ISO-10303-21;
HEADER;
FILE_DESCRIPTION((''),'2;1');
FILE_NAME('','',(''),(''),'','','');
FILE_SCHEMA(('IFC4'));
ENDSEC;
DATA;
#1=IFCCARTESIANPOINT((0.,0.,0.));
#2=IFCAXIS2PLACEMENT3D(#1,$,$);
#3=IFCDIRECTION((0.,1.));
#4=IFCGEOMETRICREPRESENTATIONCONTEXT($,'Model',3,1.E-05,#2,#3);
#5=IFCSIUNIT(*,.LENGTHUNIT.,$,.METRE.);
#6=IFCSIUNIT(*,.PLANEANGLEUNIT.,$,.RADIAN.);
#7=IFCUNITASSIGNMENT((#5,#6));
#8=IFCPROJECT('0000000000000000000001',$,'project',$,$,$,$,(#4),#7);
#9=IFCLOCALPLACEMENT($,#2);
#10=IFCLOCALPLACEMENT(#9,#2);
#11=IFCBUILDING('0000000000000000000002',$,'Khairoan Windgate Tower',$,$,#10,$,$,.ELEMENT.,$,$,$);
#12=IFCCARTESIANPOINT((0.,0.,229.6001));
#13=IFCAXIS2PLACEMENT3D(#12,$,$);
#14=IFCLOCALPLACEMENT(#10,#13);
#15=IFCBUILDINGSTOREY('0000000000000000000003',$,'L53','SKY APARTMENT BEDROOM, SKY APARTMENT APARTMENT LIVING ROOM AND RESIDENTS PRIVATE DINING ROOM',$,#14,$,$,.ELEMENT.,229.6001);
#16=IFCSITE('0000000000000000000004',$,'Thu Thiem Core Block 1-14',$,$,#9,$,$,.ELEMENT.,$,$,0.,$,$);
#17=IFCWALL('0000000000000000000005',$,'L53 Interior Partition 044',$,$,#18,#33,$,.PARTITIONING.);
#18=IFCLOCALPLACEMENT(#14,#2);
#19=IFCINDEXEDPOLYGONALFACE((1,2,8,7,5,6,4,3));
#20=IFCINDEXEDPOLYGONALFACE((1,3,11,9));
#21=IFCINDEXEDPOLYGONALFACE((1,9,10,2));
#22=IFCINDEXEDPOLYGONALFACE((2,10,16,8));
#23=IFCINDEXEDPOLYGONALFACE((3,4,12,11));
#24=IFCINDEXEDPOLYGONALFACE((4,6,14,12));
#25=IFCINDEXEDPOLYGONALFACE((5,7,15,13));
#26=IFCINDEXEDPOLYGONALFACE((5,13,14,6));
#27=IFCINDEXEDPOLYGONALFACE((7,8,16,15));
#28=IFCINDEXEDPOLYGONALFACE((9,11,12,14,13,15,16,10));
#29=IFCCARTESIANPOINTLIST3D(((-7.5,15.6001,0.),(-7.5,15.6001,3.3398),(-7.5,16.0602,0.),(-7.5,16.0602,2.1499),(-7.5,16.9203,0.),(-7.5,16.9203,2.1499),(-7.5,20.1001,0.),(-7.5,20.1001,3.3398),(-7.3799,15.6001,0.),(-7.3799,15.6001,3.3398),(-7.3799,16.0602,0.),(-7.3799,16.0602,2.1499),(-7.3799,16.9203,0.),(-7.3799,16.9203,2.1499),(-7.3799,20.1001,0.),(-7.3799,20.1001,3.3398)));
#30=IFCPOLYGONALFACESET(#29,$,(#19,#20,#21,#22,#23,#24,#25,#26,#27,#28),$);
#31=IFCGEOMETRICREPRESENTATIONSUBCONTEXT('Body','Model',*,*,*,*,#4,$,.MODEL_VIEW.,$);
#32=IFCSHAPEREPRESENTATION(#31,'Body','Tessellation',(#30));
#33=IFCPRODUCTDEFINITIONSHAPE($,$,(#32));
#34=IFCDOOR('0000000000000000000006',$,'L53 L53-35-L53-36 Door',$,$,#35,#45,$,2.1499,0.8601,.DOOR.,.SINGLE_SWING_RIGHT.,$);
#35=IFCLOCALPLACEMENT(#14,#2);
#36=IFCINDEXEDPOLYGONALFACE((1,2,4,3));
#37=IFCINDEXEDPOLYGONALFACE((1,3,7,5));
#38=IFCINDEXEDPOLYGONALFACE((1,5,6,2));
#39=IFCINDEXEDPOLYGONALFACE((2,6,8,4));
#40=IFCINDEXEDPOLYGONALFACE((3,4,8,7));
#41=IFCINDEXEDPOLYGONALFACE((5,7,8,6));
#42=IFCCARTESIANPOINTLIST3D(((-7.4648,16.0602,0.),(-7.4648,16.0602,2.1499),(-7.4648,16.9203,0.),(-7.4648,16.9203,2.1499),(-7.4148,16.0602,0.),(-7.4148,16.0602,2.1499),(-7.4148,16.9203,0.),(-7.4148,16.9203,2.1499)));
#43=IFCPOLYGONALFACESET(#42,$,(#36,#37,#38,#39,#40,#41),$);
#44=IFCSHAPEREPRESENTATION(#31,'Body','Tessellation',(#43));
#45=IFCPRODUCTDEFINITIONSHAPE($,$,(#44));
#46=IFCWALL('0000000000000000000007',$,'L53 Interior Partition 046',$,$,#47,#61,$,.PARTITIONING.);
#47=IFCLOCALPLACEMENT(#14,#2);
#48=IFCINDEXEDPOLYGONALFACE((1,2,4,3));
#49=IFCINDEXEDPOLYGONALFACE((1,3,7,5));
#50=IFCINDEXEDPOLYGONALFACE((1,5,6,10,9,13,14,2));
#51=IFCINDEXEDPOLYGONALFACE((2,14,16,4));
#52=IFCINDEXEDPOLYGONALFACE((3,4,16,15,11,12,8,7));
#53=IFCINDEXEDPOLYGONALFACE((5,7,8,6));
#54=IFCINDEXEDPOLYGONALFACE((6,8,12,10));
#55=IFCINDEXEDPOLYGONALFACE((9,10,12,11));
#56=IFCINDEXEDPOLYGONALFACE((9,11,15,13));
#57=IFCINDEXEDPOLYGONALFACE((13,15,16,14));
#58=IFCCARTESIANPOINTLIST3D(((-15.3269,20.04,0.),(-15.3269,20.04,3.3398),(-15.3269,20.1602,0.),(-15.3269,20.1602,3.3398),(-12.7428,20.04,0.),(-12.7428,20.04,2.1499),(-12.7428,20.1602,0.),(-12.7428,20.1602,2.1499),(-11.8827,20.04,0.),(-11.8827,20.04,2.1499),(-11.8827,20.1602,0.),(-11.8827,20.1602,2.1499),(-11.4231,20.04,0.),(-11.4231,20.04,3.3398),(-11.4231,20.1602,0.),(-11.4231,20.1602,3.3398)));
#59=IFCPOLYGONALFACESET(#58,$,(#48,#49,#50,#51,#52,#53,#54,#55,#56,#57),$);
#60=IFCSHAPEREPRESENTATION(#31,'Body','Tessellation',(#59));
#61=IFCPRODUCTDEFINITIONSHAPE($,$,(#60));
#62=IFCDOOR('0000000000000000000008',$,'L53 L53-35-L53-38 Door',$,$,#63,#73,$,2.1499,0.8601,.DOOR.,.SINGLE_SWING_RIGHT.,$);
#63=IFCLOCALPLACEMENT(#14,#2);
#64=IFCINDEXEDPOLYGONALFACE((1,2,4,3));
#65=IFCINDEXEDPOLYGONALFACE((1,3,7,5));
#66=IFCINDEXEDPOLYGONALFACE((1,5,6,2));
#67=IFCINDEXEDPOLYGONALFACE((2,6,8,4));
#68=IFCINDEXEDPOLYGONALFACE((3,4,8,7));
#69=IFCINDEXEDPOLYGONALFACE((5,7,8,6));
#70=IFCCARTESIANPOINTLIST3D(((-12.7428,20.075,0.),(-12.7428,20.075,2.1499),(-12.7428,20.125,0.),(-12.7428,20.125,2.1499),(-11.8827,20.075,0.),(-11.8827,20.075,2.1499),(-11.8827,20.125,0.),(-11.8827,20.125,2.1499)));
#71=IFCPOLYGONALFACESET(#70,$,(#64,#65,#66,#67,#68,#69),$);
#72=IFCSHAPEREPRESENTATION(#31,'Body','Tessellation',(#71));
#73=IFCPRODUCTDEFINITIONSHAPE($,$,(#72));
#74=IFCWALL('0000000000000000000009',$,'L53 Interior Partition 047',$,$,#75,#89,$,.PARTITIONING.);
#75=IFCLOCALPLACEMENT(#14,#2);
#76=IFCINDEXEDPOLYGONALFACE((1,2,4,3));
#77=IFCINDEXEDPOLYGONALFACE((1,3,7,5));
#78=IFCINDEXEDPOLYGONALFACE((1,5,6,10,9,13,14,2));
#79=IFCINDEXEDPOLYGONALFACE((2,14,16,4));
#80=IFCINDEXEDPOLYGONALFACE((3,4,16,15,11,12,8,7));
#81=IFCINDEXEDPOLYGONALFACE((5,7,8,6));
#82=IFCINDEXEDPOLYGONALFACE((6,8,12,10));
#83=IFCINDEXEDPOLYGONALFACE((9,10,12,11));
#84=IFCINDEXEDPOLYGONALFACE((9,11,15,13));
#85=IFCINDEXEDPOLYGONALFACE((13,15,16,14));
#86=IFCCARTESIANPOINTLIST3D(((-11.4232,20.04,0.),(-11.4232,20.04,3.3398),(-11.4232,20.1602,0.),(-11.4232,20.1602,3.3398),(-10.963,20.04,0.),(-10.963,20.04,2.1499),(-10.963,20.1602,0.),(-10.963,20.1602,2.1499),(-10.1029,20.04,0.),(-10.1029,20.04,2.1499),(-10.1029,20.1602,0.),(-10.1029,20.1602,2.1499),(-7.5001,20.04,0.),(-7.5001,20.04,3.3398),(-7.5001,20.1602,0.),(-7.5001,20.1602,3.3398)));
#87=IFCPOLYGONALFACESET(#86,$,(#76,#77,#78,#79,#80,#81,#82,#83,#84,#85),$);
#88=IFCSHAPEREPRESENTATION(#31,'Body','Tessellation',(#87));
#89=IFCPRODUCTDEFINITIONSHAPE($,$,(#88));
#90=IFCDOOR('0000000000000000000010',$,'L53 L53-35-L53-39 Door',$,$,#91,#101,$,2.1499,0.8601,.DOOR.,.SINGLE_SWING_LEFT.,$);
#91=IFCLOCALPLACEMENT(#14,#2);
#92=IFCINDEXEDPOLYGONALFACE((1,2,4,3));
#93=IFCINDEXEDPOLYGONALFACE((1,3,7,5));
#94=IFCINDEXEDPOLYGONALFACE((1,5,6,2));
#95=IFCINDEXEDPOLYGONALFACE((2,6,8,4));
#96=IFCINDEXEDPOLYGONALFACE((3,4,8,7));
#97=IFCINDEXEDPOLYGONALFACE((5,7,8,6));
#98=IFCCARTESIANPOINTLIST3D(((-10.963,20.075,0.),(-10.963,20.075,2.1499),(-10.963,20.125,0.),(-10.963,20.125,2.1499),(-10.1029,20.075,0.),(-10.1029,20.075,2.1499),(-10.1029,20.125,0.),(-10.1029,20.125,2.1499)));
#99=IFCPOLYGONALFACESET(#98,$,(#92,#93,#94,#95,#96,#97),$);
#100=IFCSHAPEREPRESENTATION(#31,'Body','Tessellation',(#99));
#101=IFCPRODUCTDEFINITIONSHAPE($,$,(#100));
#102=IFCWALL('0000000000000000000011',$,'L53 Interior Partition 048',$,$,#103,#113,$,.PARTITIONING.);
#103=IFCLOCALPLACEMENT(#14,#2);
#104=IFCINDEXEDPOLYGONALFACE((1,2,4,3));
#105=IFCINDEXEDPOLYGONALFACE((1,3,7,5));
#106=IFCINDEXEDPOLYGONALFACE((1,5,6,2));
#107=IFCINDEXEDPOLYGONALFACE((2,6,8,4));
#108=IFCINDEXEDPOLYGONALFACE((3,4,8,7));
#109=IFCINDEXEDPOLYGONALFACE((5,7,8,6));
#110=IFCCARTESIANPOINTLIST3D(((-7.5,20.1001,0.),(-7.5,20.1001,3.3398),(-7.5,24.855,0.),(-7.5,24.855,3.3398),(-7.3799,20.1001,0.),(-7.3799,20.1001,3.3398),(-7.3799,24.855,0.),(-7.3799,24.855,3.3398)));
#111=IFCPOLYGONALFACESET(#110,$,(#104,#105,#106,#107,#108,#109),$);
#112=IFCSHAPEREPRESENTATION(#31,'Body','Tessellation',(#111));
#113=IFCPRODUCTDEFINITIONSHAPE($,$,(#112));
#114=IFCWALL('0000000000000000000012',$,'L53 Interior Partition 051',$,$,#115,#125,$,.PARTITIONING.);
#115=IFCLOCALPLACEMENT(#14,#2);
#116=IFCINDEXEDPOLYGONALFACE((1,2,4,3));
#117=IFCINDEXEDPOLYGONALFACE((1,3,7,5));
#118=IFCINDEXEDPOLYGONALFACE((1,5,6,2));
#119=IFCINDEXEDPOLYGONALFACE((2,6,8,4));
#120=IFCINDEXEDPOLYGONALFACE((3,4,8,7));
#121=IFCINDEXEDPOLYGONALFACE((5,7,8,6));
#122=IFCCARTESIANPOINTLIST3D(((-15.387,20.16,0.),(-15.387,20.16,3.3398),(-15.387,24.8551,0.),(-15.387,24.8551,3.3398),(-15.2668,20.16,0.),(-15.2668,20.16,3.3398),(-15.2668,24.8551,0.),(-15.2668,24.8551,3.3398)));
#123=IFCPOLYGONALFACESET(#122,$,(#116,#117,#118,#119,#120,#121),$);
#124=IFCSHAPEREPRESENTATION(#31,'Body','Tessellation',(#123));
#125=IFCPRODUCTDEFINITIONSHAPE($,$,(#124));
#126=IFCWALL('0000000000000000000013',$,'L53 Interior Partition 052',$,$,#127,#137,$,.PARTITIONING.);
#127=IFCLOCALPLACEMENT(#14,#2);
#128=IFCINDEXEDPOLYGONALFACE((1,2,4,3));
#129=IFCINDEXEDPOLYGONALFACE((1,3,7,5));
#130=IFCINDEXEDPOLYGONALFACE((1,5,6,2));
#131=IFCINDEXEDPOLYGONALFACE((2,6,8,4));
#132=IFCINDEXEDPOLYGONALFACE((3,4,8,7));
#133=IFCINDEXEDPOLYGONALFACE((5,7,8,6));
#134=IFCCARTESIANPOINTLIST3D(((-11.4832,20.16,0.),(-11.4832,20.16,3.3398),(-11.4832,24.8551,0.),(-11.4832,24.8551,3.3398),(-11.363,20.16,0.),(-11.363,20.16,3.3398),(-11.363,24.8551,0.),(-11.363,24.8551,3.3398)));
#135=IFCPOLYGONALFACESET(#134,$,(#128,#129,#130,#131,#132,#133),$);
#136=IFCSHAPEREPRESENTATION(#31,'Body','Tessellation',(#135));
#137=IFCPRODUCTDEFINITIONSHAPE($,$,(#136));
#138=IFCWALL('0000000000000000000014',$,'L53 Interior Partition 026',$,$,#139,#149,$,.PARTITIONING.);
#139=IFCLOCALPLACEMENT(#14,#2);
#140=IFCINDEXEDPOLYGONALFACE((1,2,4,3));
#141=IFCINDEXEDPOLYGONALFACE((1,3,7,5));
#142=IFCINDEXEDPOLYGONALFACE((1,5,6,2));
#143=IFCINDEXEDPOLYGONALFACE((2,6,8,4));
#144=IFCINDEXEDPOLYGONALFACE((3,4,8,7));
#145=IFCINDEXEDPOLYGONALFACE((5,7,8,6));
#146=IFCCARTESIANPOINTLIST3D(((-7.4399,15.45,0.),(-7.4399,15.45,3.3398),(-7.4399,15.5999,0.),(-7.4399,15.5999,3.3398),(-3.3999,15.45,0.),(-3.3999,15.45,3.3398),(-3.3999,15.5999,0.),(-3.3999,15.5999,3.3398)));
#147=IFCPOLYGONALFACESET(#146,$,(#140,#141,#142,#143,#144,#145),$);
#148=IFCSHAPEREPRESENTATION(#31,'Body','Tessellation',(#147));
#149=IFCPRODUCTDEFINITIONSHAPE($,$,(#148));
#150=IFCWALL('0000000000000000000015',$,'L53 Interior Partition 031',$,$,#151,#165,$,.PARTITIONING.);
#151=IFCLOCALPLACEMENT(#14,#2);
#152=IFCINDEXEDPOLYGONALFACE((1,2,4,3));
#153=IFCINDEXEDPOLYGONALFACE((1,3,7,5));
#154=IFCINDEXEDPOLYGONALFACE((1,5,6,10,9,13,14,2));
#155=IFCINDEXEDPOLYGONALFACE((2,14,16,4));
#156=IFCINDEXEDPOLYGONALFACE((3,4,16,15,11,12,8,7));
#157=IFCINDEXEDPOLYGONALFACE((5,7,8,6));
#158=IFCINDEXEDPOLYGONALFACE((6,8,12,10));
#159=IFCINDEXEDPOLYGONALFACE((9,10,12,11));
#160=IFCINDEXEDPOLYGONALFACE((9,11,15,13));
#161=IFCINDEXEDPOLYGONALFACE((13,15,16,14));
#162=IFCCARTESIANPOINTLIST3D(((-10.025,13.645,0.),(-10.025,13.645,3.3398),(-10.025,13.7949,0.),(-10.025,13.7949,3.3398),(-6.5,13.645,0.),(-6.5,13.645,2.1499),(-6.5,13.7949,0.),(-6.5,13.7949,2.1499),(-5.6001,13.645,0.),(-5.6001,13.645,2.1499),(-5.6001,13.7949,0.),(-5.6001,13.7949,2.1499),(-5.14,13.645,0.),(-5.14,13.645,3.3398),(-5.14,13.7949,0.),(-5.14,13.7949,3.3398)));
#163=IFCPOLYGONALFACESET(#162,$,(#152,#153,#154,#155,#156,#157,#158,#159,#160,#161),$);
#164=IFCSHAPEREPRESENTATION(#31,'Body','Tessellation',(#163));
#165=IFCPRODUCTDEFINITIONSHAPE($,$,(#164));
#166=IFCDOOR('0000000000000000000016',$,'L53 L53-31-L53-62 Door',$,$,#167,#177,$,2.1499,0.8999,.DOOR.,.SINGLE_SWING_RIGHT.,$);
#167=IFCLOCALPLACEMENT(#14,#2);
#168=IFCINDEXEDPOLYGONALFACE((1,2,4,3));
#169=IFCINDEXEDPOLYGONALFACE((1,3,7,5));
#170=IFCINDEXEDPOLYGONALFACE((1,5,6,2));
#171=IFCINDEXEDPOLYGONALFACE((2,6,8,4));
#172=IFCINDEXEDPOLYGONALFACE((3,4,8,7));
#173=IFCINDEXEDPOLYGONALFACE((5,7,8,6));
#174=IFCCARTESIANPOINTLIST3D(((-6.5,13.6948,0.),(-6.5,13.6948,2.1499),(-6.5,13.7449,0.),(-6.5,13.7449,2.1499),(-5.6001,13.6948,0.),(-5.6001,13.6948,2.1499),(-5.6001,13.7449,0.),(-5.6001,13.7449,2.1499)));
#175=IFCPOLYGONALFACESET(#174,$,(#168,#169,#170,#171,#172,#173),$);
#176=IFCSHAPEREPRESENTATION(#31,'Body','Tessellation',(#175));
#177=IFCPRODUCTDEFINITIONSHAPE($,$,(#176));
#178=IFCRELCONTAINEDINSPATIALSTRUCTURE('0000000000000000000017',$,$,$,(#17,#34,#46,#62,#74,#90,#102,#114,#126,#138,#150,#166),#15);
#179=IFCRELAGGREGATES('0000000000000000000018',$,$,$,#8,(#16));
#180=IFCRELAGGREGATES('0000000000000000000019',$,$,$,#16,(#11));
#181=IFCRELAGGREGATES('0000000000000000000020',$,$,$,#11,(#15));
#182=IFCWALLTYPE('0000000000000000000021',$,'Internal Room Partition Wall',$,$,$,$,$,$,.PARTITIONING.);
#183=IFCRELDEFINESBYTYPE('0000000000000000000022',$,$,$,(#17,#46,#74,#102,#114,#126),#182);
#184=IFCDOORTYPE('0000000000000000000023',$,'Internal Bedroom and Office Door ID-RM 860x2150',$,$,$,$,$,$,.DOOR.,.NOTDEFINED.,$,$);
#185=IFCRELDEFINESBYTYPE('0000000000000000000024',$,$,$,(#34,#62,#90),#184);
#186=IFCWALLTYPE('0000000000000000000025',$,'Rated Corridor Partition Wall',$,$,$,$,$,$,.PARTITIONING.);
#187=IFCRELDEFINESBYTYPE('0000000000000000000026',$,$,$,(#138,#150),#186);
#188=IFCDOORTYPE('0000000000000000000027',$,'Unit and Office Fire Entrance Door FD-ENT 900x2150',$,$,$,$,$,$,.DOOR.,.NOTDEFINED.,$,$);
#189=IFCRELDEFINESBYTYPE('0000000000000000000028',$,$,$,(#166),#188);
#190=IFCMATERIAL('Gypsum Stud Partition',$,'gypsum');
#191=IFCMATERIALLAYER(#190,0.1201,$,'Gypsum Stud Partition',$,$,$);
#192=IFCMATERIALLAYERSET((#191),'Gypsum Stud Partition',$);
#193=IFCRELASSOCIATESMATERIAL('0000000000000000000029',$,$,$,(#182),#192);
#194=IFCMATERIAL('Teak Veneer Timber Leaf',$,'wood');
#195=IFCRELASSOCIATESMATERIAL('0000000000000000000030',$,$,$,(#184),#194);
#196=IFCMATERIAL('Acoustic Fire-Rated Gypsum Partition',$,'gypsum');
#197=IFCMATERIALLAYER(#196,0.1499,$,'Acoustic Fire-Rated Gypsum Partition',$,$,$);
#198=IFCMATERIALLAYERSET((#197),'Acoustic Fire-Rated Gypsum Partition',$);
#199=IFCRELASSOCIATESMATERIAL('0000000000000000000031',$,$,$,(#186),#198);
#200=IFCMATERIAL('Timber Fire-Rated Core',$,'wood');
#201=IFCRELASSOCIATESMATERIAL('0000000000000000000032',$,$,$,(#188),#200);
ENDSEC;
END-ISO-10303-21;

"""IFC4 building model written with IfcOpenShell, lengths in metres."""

from ifc_helpers import new_model, si_unit, direction, frame, frame_2d, origin, place, context, subcontext, project, spatial, rectangle, extrude, material, layer, layer_set, type_object, element, fill, save


model = new_model("IFC4")

# Units and contexts
model_context = context("Model", 3, precision=1e-05, world=origin(), true_north=direction((0.0, 1.0)))
body_context = subcontext(model_context, "Body", "Model", "MODEL_VIEW")
ifc_project = project(units=[si_unit("LENGTHUNIT", "METRE"), si_unit("PLANEANGLEUNIT", "RADIAN")], contexts=[model_context])

# Site, building, storey
site_placement = place(None, origin())
site = spatial("IfcSite", under=ifc_project, at=site_placement, Name="Thu Thiem Core Block 1-14", CompositionType="ELEMENT", RefElevation=0.0)
building_placement = place(site_placement, origin())
building = spatial("IfcBuilding", under=site, at=building_placement, Name="Khairoan Windgate Tower", CompositionType="ELEMENT")
storey_placement = place(building_placement, frame((0.0, 0.0, 229.6001)))
storey = spatial("IfcBuildingStorey", under=building, at=storey_placement, Name="L53", Description="SKY APARTMENT BEDROOM, SKY APARTMENT APARTMENT LIVING ROOM AND RESIDENTS PRIVATE DINING ROOM", CompositionType="ELEMENT", Elevation=229.6001)

# Walls, openings, doors
ifc_material_1 = material(Name="Gypsum Stud Partition", Category="gypsum")
ifc_layer_1 = layer(ifc_material_1, 0.1201, Name="Gypsum Stud Partition")
ifc_layer_set_1 = layer_set([ifc_layer_1], Name="Gypsum Stud Partition")
wall_type_1 = type_object("IfcWallType", Name="Internal Room Partition Wall", PredefinedType="PARTITIONING", material=ifc_layer_set_1)
wall_1_placement = place(storey_placement, frame((-7.4399, 15.6001, 0.0), z_axis=(0.0, 0.0, 1.0), x_axis=(0.0, 1.0, 0.0)))
wall_1 = element("IfcWall", 1, at=wall_1_placement, inside=storey, type_object=wall_type_1, Name="L53 Interior Partition 044", PredefinedType="PARTITIONING", context=body_context, shape_type="SweptSolid", body=[
    extrude(rectangle(XDim=4.5, YDim=0.1201, at=frame_2d((2.25, 0.0))), origin(), (0.0, 0.0, 1.0), 3.3398),
])
opening_1_placement = place(wall_1_placement, frame((0.46, 0.0, 0.0)))
opening_1 = element("IfcOpeningElement", 2, at=opening_1_placement, cuts=wall_1, PredefinedType="OPENING", context=body_context, shape_type="SweptSolid", body=[
    extrude(rectangle(XDim=0.8601, YDim=2.1499, at=frame_2d((0.4302, 1.075))), frame((0.0, 0.0701, 0.0), z_axis=(0.0, -1.0, 0.0), x_axis=(1.0, 0.0, 0.0)), (0.0, 0.0, 1.0), 0.1401),
])
ifc_material_2 = material(Name="Teak Veneer Timber Leaf", Category="wood")
door_type_1 = type_object("IfcDoorType", Name="Internal Bedroom and Office Door ID-RM 860x2150", OperationType="NOTDEFINED", PredefinedType="DOOR", material=ifc_material_2)
door_1_placement = place(opening_1_placement, origin())
door_1 = element("IfcDoor", 3, at=door_1_placement, inside=storey, type_object=door_type_1, Name="L53 L53-35-L53-36 Door", OperationType="SINGLE_SWING_RIGHT", OverallHeight=2.1499, OverallWidth=0.8601, PredefinedType="DOOR", context=body_context, shape_type="SweptSolid", body=[
    extrude(rectangle(XDim=0.8601, YDim=2.1499, at=frame_2d((0.4302, 1.075))), frame((0.0, 0.0249, 0.0), z_axis=(0.0, -1.0, 0.0), x_axis=(1.0, 0.0, 0.0)), (0.0, 0.0, 1.0), 0.05),
])
fill(opening_1, door_1)
wall_2_placement = place(storey_placement, frame((-15.3269, 20.1001, 0.0), z_axis=(0.0, 0.0, 1.0), x_axis=(1.0, 0.0, 0.0)))
wall_2 = element("IfcWall", 4, at=wall_2_placement, inside=storey, type_object=wall_type_1, Name="L53 Interior Partition 046", PredefinedType="PARTITIONING", context=body_context, shape_type="SweptSolid", body=[
    extrude(rectangle(XDim=3.9038, YDim=0.1201, at=frame_2d((1.9519, 0.0))), origin(), (0.0, 0.0, 1.0), 3.3398),
])
opening_2_placement = place(wall_2_placement, frame((2.584, 0.0, 0.0)))
opening_2 = element("IfcOpeningElement", 5, at=opening_2_placement, cuts=wall_2, PredefinedType="OPENING", context=body_context, shape_type="SweptSolid", body=[
    extrude(rectangle(XDim=0.8601, YDim=2.1499, at=frame_2d((0.4302, 1.075))), frame((0.0, 0.0701, 0.0), z_axis=(0.0, -1.0, 0.0), x_axis=(1.0, 0.0, 0.0)), (0.0, 0.0, 1.0), 0.1401),
])
door_2_placement = place(opening_2_placement, origin())
door_2 = element("IfcDoor", 6, at=door_2_placement, inside=storey, type_object=door_type_1, Name="L53 L53-35-L53-38 Door", OperationType="SINGLE_SWING_RIGHT", OverallHeight=2.1499, OverallWidth=0.8601, PredefinedType="DOOR", context=body_context, shape_type="SweptSolid", body=[
    extrude(rectangle(XDim=0.8601, YDim=2.1499, at=frame_2d((0.4302, 1.075))), frame((0.0, 0.0249, 0.0), z_axis=(0.0, -1.0, 0.0), x_axis=(1.0, 0.0, 0.0)), (0.0, 0.0, 1.0), 0.05),
])
fill(opening_2, door_2)
wall_3_placement = place(storey_placement, frame((-11.4231, 20.1001, 0.0), z_axis=(0.0, 0.0, 1.0), x_axis=(1.0, 0.0, 0.0)))
wall_3 = element("IfcWall", 7, at=wall_3_placement, inside=storey, type_object=wall_type_1, Name="L53 Interior Partition 047", PredefinedType="PARTITIONING", context=body_context, shape_type="SweptSolid", body=[
    extrude(rectangle(XDim=3.9231, YDim=0.1201, at=frame_2d((1.9614, 0.0))), origin(), (0.0, 0.0, 1.0), 3.3398),
])
opening_3_placement = place(wall_3_placement, frame((0.46, 0.0, 0.0)))
opening_3 = element("IfcOpeningElement", 8, at=opening_3_placement, cuts=wall_3, PredefinedType="OPENING", context=body_context, shape_type="SweptSolid", body=[
    extrude(rectangle(XDim=0.8601, YDim=2.1499, at=frame_2d((0.4302, 1.075))), frame((0.0, 0.0701, 0.0), z_axis=(0.0, -1.0, 0.0), x_axis=(1.0, 0.0, 0.0)), (0.0, 0.0, 1.0), 0.1401),
])
door_3_placement = place(opening_3_placement, origin())
door_3 = element("IfcDoor", 9, at=door_3_placement, inside=storey, type_object=door_type_1, Name="L53 L53-35-L53-39 Door", OperationType="SINGLE_SWING_LEFT", OverallHeight=2.1499, OverallWidth=0.8601, PredefinedType="DOOR", context=body_context, shape_type="SweptSolid", body=[
    extrude(rectangle(XDim=0.8601, YDim=2.1499, at=frame_2d((0.4302, 1.075))), frame((0.0, 0.0249, 0.0), z_axis=(0.0, -1.0, 0.0), x_axis=(1.0, 0.0, 0.0)), (0.0, 0.0, 1.0), 0.05),
])
fill(opening_3, door_3)

# Walls
wall_4_placement = place(storey_placement, frame((-7.4399, 20.1001, 0.0), z_axis=(0.0, 0.0, 1.0), x_axis=(0.0, 1.0, 0.0)))
element("IfcWall", 10, at=wall_4_placement, inside=storey, type_object=wall_type_1, Name="L53 Interior Partition 048", PredefinedType="PARTITIONING", context=body_context, shape_type="SweptSolid", body=[
    extrude(rectangle(XDim=4.7549, YDim=0.1201, at=frame_2d((2.3774, 0.0))), origin(), (0.0, 0.0, 1.0), 3.3398),
])
for number, where, z_axis, x_axis, name in (
    (11, (-15.3269, 20.1599, 0.0), (0.0, 0.0, 1.0), (0.0, 1.0, 0.0), "L53 Interior Partition 051"),
    (12, (-11.4231, 20.1599, 0.0), (0.0, 0.0, 1.0), (0.0, 1.0, 0.0), "L53 Interior Partition 052"),
):
    element("IfcWall", number, at=place(storey_placement, frame(where, z_axis=z_axis, x_axis=x_axis)), inside=storey, type_object=wall_type_1, Name=name, PredefinedType="PARTITIONING", context=body_context, shape_type="SweptSolid", body=[
        extrude(rectangle(XDim=4.6951, YDim=0.1201, at=frame_2d((2.3477, 0.0))), origin(), (0.0, 0.0, 1.0), 3.3398),
    ])
ifc_material_3 = material(Name="Acoustic Fire-Rated Gypsum Partition", Category="gypsum")
ifc_layer_2 = layer(ifc_material_3, 0.1499, Name="Acoustic Fire-Rated Gypsum Partition")
ifc_layer_set_2 = layer_set([ifc_layer_2], Name="Acoustic Fire-Rated Gypsum Partition")
wall_type_2 = type_object("IfcWallType", Name="Rated Corridor Partition Wall", PredefinedType="PARTITIONING", material=ifc_layer_set_2)
wall_5_placement = place(storey_placement, frame((-7.4399, 15.5249, 0.0), z_axis=(0.0, 0.0, 1.0), x_axis=(1.0, 0.0, 0.0)))
element("IfcWall", 13, at=wall_5_placement, inside=storey, type_object=wall_type_2, Name="L53 Interior Partition 026", PredefinedType="PARTITIONING", context=body_context, shape_type="SweptSolid", body=[
    extrude(rectangle(XDim=4.04, YDim=0.1499, at=frame_2d((2.02, 0.0))), origin(), (0.0, 0.0, 1.0), 3.3398),
])

# Wall, opening, door
wall_6_placement = place(storey_placement, frame((-10.0249, 13.72, 0.0), z_axis=(0.0, 0.0, 1.0), x_axis=(1.0, 0.0, 0.0)))
wall_6 = element("IfcWall", 14, at=wall_6_placement, inside=storey, type_object=wall_type_2, Name="L53 Interior Partition 031", PredefinedType="PARTITIONING", context=body_context, shape_type="SweptSolid", body=[
    extrude(rectangle(XDim=4.885, YDim=0.1499, at=frame_2d((2.4424, 0.0))), origin(), (0.0, 0.0, 1.0), 3.3398),
])
opening_4_placement = place(wall_6_placement, frame((3.5249, 0.0, 0.0)))
opening_4 = element("IfcOpeningElement", 15, at=opening_4_placement, cuts=wall_6, PredefinedType="OPENING", context=body_context, shape_type="SweptSolid", body=[
    extrude(rectangle(XDim=0.8999, YDim=2.1499, at=frame_2d((0.45, 1.075))), frame((0.0, 0.085, 0.0), z_axis=(0.0, -1.0, 0.0), x_axis=(1.0, 0.0, 0.0)), (0.0, 0.0, 1.0), 0.1699),
])
ifc_material_4 = material(Name="Timber Fire-Rated Core", Category="wood")
door_type_2 = type_object("IfcDoorType", Name="Unit and Office Fire Entrance Door FD-ENT 900x2150", OperationType="NOTDEFINED", PredefinedType="DOOR", material=ifc_material_4)
door_4_placement = place(opening_4_placement, origin())
door_4 = element("IfcDoor", 16, at=door_4_placement, inside=storey, type_object=door_type_2, Name="L53 L53-31-L53-62 Door", OperationType="SINGLE_SWING_RIGHT", OverallHeight=2.1499, OverallWidth=0.8999, PredefinedType="DOOR", context=body_context, shape_type="SweptSolid", body=[
    extrude(rectangle(XDim=0.8999, YDim=2.1499, at=frame_2d((0.45, 1.075))), frame((0.0, 0.0249, 0.0), z_axis=(0.0, -1.0, 0.0), x_axis=(1.0, 0.0, 0.0)), (0.0, 0.0, 1.0), 0.05),
])
fill(opening_4, door_4)

save(model, "model.ifc")
